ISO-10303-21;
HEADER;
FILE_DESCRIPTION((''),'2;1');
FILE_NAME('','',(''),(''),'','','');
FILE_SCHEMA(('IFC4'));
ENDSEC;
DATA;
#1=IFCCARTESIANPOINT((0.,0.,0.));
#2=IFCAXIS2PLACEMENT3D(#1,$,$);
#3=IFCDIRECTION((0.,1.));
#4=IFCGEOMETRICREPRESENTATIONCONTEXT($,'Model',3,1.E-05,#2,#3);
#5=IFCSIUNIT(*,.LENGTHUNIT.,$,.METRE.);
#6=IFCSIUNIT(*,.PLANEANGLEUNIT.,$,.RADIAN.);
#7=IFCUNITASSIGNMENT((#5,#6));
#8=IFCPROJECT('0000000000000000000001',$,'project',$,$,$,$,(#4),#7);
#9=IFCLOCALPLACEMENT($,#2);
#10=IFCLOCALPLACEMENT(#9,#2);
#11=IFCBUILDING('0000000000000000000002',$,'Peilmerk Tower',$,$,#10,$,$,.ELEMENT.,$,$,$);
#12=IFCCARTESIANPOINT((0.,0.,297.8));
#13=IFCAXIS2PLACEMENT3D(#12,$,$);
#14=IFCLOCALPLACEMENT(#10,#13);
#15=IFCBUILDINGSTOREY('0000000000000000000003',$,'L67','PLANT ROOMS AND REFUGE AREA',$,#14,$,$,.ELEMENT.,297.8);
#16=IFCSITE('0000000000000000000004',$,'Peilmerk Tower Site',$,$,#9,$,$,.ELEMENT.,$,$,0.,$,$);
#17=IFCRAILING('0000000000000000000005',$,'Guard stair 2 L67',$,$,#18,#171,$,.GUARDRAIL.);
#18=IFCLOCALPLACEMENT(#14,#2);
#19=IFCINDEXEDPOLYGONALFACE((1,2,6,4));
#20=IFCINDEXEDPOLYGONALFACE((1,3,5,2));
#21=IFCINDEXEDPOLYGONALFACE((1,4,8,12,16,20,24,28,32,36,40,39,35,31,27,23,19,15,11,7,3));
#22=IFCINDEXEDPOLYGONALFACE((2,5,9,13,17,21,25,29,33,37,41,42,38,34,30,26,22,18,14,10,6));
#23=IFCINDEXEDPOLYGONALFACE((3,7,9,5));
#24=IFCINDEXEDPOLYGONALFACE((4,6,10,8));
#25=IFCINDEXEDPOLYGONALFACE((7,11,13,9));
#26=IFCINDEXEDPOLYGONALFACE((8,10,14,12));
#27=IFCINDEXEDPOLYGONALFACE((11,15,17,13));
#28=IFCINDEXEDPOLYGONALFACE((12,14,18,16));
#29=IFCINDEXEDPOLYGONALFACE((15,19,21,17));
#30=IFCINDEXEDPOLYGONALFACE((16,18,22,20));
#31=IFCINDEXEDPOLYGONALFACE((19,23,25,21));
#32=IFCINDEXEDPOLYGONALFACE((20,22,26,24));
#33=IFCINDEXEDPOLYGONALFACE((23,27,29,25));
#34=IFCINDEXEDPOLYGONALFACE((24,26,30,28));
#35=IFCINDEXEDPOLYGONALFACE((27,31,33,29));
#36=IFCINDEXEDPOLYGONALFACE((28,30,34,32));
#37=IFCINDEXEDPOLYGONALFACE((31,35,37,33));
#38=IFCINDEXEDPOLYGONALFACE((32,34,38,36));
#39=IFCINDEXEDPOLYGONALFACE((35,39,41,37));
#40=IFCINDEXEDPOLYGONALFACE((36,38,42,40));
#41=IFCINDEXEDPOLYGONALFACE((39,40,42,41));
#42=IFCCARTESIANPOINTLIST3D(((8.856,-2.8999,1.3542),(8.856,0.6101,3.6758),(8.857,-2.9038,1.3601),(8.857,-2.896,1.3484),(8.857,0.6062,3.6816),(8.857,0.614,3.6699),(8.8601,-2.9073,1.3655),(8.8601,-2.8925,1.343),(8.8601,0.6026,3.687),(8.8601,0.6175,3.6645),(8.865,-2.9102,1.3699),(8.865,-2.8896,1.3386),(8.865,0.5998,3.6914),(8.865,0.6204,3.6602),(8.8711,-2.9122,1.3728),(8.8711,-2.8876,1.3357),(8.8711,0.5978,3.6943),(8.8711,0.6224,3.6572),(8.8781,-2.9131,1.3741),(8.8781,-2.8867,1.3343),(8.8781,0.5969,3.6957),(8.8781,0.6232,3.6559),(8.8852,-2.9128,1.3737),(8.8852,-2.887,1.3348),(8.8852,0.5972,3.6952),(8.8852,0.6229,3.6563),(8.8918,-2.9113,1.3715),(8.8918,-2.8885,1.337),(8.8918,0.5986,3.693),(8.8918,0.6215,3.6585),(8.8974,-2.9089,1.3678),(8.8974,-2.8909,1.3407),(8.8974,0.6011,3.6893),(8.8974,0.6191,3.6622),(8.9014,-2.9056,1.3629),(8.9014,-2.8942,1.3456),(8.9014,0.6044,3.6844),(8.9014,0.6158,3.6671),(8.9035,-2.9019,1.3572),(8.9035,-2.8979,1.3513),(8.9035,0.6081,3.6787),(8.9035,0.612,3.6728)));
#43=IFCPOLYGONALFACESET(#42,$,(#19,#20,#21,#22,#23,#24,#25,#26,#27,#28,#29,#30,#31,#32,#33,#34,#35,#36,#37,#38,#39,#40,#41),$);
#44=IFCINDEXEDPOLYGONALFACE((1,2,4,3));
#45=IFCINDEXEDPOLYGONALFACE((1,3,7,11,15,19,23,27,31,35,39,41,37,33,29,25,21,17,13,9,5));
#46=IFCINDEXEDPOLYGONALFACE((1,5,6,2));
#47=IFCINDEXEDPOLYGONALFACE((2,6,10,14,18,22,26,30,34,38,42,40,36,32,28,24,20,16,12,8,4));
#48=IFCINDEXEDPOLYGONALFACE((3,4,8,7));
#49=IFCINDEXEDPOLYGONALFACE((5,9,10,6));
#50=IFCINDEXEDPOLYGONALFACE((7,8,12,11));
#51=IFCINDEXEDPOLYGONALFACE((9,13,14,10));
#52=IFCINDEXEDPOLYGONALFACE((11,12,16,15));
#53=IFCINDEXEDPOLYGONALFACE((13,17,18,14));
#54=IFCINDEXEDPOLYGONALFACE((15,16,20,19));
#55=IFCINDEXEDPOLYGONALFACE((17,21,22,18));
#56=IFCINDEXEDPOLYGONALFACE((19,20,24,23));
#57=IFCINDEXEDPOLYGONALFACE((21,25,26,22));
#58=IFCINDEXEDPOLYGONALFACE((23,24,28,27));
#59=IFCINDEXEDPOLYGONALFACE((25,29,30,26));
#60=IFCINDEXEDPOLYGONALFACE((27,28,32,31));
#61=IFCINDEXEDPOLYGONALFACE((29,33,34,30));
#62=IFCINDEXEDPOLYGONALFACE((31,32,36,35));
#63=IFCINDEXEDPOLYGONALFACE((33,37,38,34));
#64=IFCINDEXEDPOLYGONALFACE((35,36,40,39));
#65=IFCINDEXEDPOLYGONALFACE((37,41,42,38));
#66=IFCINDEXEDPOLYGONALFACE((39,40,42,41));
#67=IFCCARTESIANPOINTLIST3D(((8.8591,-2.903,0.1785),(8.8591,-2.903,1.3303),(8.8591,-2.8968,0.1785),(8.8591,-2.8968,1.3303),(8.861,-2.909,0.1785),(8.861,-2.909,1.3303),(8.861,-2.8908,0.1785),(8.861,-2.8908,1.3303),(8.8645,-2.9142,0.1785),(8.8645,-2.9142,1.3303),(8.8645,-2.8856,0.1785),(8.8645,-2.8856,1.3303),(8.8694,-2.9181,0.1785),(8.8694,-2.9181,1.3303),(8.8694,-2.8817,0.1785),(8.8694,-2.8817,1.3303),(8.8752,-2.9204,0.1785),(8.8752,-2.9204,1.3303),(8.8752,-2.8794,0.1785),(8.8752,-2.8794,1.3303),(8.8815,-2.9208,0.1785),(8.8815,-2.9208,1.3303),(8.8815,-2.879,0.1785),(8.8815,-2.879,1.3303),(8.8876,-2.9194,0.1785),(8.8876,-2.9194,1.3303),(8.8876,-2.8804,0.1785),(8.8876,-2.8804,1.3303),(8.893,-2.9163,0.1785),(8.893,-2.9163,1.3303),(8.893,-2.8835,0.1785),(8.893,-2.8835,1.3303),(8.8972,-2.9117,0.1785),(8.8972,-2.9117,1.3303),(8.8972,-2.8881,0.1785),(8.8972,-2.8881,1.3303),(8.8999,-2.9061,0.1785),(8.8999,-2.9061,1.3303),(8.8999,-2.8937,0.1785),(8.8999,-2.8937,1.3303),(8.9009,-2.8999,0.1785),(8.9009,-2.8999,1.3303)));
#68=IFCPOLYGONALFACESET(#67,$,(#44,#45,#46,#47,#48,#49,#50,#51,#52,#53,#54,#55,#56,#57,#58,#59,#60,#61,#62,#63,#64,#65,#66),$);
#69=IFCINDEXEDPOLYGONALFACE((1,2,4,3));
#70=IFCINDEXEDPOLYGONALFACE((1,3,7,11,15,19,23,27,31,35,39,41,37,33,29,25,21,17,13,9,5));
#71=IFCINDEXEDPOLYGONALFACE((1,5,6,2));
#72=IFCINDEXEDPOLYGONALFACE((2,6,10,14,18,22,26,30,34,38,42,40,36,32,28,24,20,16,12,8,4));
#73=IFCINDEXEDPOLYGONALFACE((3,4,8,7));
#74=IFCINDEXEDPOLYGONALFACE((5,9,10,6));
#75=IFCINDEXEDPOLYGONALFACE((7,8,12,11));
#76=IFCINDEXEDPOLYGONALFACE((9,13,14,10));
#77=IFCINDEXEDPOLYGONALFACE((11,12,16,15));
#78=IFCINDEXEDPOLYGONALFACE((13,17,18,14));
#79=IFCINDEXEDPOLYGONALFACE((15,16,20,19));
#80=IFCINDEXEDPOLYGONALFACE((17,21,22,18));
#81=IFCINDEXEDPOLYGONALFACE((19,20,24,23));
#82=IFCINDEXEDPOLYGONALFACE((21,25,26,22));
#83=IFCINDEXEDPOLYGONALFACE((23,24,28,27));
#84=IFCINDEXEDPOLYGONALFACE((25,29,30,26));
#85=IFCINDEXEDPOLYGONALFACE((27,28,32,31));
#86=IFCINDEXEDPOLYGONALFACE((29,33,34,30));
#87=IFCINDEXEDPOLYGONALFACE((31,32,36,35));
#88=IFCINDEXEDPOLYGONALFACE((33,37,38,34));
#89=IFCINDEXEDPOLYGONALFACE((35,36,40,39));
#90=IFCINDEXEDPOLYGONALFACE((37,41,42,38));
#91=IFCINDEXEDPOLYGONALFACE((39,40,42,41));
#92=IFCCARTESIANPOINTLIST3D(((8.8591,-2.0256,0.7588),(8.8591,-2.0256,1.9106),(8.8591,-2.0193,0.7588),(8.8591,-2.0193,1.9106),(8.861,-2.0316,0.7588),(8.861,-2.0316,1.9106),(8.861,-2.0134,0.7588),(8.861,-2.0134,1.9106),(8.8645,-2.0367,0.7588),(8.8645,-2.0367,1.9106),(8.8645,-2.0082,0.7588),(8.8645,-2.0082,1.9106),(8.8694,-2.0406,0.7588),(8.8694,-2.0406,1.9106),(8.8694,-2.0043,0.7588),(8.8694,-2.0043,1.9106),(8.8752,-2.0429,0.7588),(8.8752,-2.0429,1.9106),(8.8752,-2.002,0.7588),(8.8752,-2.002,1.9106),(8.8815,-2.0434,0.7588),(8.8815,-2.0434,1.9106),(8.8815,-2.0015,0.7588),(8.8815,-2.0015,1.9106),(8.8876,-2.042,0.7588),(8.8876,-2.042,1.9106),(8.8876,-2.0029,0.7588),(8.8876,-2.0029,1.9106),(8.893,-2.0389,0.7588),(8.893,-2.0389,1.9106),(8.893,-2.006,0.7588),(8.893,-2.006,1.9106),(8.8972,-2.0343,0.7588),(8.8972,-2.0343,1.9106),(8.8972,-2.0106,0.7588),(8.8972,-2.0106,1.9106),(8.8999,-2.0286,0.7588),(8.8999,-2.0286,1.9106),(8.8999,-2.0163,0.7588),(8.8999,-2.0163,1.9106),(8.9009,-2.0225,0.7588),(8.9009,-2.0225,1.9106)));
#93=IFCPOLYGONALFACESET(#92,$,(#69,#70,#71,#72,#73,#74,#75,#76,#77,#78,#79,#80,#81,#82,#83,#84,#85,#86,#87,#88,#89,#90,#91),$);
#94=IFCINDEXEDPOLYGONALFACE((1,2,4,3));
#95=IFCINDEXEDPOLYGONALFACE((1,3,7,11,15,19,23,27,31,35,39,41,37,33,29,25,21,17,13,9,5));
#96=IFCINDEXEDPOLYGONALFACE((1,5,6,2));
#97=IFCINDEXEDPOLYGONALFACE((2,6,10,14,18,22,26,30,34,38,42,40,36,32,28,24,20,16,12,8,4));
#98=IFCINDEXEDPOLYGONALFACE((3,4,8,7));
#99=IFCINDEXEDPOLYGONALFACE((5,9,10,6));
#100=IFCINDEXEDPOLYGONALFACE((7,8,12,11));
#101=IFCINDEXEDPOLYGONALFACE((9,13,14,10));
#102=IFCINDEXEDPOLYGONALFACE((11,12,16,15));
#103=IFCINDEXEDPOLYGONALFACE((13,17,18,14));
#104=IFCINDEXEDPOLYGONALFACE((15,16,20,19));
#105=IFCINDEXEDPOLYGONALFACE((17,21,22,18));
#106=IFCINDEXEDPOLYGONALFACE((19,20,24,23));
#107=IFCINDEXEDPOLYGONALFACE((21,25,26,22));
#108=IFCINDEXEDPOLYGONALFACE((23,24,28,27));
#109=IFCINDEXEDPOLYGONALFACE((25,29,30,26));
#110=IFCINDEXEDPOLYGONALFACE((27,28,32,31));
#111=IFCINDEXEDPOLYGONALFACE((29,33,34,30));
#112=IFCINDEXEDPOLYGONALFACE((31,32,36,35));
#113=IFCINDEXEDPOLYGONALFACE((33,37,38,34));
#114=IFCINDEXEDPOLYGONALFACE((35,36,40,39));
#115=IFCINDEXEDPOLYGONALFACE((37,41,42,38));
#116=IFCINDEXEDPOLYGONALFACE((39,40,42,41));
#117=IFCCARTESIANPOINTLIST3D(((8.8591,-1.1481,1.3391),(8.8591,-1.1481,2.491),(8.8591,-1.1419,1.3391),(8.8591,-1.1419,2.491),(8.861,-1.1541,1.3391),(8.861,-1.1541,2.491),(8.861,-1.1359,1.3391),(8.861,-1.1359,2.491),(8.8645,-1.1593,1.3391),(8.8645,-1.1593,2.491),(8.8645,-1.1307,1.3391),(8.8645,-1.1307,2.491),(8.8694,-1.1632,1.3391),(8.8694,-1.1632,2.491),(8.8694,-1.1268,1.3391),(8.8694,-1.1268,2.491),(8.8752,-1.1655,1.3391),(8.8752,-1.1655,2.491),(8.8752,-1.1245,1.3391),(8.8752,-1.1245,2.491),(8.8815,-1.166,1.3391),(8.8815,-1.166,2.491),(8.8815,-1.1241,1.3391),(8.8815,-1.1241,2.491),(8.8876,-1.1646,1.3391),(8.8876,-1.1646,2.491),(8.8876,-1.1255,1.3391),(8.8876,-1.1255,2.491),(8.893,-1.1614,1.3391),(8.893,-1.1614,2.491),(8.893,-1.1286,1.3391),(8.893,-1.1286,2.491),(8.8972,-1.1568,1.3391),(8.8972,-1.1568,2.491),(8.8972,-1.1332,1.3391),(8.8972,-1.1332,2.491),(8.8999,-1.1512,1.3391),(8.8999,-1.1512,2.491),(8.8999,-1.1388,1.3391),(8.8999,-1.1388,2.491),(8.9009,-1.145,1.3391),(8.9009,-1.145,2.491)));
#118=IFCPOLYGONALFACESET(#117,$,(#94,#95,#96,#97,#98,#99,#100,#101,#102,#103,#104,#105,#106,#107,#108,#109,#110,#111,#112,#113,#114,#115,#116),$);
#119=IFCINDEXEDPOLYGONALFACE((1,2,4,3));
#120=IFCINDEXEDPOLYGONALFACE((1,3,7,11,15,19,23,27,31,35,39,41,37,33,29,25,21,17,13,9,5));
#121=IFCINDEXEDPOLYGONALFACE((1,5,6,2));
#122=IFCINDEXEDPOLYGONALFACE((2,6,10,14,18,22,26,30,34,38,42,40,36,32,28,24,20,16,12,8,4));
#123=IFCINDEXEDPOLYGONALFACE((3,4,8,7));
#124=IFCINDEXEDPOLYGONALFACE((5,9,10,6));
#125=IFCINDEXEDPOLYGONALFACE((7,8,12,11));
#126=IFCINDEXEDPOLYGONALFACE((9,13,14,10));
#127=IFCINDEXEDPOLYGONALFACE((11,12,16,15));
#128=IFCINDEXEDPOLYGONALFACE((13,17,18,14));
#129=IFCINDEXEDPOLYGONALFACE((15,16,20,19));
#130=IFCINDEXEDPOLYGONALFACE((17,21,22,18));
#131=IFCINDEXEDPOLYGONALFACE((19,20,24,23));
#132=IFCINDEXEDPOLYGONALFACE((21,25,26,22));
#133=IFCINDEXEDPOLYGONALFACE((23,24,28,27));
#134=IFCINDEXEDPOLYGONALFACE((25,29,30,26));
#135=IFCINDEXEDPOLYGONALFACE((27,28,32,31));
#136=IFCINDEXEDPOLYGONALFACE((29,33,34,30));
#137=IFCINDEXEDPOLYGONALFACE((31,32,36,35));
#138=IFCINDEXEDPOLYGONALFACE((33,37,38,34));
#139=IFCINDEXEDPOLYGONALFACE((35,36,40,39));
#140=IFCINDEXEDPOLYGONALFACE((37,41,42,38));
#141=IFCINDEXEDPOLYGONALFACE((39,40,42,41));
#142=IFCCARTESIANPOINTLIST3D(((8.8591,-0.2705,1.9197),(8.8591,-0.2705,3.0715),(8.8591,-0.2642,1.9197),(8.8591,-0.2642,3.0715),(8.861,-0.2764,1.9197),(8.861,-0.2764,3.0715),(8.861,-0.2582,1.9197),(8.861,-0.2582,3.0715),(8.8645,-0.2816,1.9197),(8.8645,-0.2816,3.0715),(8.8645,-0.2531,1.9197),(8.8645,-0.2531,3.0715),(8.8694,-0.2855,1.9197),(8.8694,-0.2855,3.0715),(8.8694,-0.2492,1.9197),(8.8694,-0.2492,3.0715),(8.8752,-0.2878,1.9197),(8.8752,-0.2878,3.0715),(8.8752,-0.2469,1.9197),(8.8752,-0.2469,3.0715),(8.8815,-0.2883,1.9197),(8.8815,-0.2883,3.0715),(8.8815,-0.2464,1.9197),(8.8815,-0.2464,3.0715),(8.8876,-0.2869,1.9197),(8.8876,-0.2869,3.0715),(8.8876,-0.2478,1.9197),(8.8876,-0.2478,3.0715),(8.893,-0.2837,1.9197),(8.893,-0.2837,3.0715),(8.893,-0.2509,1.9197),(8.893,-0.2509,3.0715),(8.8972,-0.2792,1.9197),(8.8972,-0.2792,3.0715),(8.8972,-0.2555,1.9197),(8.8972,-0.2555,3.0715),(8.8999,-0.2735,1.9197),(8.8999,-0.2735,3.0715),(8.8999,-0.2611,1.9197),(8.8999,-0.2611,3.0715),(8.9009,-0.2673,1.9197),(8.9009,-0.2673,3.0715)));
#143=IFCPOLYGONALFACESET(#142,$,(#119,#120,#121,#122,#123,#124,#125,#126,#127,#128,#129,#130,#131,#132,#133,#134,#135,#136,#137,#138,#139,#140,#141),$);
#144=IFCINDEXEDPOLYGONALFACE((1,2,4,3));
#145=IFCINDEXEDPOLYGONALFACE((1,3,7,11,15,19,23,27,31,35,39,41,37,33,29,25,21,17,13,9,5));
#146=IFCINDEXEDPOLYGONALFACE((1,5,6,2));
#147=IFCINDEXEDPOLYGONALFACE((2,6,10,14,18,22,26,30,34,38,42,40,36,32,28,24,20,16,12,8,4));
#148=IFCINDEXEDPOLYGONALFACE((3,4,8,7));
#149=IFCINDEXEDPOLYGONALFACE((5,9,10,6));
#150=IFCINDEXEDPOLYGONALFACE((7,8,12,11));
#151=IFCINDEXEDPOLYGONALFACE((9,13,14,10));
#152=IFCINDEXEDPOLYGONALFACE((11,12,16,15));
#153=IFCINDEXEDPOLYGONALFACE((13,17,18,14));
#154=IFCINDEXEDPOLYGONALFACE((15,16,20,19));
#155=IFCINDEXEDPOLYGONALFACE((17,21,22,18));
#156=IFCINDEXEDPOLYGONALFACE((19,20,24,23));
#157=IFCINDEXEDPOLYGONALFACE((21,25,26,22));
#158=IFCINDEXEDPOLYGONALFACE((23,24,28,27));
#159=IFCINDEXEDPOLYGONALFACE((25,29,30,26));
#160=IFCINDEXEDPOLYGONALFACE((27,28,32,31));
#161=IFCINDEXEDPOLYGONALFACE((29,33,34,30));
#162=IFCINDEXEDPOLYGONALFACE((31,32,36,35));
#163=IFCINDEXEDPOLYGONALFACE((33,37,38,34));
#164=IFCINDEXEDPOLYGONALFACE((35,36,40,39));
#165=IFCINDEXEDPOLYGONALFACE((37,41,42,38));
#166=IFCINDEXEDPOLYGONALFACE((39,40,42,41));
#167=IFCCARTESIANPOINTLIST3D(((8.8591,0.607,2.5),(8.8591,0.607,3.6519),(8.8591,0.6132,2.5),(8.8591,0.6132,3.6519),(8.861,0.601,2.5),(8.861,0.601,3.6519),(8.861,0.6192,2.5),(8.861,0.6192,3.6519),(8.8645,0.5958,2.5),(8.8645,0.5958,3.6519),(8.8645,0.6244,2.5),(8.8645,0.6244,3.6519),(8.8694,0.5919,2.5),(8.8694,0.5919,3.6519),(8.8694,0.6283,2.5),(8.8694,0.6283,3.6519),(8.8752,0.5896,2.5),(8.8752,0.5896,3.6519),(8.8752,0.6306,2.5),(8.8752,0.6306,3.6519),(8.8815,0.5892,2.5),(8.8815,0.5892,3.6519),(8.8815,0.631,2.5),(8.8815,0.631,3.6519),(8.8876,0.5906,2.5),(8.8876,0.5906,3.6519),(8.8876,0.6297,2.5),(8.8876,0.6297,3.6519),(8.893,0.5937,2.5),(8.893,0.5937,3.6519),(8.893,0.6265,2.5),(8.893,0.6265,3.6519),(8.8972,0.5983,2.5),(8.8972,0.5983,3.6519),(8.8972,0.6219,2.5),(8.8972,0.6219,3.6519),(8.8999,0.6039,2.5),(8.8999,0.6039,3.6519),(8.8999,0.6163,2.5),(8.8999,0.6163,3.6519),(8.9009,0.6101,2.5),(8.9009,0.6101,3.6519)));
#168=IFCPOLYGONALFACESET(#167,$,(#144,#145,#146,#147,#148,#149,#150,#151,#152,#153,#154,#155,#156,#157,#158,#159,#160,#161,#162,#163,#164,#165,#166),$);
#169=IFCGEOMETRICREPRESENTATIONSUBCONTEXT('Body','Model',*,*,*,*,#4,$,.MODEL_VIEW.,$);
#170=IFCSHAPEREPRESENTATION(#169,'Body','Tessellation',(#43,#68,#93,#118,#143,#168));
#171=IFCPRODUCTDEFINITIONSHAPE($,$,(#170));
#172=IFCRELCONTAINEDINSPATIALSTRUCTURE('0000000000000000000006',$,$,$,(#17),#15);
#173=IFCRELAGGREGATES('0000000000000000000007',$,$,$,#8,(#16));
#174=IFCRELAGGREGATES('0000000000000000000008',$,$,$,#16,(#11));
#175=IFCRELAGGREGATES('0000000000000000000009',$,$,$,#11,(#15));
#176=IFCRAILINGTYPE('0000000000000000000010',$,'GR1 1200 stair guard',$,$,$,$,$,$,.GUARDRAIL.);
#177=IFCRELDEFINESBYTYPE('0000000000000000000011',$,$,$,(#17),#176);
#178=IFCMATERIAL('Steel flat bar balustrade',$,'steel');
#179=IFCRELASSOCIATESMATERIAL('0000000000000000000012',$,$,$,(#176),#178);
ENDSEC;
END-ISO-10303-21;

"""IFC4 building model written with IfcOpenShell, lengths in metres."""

from ifc_helpers import new_model, si_unit, direction, frame, origin, origin_2d, place, context, subcontext, project, spatial, circle, extrude, material, type_object, element, save


model = new_model("IFC4")

# Units and contexts
model_context = context("Model", 3, precision=1e-05, world=origin(), true_north=direction((0.0, 1.0)))
body_context = subcontext(model_context, "Body", "Model", "MODEL_VIEW")
ifc_project = project(units=[si_unit("LENGTHUNIT", "METRE"), si_unit("PLANEANGLEUNIT", "RADIAN")], contexts=[model_context])

# Site, building, storey
site_placement = place(None, origin())
site = spatial("IfcSite", under=ifc_project, at=site_placement, Name="Peilmerk Tower Site", CompositionType="ELEMENT", RefElevation=0.0)
building_placement = place(site_placement, origin())
building = spatial("IfcBuilding", under=site, at=building_placement, Name="Peilmerk Tower", CompositionType="ELEMENT")
storey_placement = place(building_placement, frame((0.0, 0.0, 297.8)))
storey = spatial("IfcBuildingStorey", under=building, at=storey_placement, Name="L67", Description="PLANT ROOMS AND REFUGE AREA", CompositionType="ELEMENT", Elevation=297.8)

# Railing
ifc_material_1 = material(Name="Steel flat bar balustrade", Category="steel")
railing_type = type_object("IfcRailingType", Name="GR1 1200 stair guard", PredefinedType="GUARDRAIL", material=ifc_material_1)
railing_placement = place(storey_placement, frame((8.8799, -2.8999, 0.1785)))
element("IfcRailing", 1, at=railing_placement, inside=storey, type_object=railing_type, Name="Guard stair 2 L67", PredefinedType="GUARDRAIL", context=body_context, shape_type="SweptSolid", body=[
    extrude(circle(Radius=0.0239, at=origin_2d()), frame((0.0, 0.0, 1.1758), z_axis=(0.0, 0.834071, 0.551657), x_axis=(-1.0, 0.0, 0.0)), (0.0, 0.0, 1.0), 4.2083),
    extrude(circle(Radius=0.021, at=origin_2d()), origin(), (0.0, 0.0, 1.0), 1.1519),
    extrude(circle(Radius=0.021, at=origin_2d()), frame((0.0, 0.8774, 0.5803)), (0.0, 0.0, 1.0), 1.1519),
    extrude(circle(Radius=0.021, at=origin_2d()), frame((0.0, 1.7549, 1.1606)), (0.0, 0.0, 1.0), 1.1519),
    extrude(circle(Radius=0.021, at=origin_2d()), frame((0.0, 2.6326, 1.7412)), (0.0, 0.0, 1.0), 1.1519),
    extrude(circle(Radius=0.021, at=origin_2d()), frame((0.0, 3.51, 2.3215)), (0.0, 0.0, 1.0), 1.1519),
])

save(model, "model.ifc")
